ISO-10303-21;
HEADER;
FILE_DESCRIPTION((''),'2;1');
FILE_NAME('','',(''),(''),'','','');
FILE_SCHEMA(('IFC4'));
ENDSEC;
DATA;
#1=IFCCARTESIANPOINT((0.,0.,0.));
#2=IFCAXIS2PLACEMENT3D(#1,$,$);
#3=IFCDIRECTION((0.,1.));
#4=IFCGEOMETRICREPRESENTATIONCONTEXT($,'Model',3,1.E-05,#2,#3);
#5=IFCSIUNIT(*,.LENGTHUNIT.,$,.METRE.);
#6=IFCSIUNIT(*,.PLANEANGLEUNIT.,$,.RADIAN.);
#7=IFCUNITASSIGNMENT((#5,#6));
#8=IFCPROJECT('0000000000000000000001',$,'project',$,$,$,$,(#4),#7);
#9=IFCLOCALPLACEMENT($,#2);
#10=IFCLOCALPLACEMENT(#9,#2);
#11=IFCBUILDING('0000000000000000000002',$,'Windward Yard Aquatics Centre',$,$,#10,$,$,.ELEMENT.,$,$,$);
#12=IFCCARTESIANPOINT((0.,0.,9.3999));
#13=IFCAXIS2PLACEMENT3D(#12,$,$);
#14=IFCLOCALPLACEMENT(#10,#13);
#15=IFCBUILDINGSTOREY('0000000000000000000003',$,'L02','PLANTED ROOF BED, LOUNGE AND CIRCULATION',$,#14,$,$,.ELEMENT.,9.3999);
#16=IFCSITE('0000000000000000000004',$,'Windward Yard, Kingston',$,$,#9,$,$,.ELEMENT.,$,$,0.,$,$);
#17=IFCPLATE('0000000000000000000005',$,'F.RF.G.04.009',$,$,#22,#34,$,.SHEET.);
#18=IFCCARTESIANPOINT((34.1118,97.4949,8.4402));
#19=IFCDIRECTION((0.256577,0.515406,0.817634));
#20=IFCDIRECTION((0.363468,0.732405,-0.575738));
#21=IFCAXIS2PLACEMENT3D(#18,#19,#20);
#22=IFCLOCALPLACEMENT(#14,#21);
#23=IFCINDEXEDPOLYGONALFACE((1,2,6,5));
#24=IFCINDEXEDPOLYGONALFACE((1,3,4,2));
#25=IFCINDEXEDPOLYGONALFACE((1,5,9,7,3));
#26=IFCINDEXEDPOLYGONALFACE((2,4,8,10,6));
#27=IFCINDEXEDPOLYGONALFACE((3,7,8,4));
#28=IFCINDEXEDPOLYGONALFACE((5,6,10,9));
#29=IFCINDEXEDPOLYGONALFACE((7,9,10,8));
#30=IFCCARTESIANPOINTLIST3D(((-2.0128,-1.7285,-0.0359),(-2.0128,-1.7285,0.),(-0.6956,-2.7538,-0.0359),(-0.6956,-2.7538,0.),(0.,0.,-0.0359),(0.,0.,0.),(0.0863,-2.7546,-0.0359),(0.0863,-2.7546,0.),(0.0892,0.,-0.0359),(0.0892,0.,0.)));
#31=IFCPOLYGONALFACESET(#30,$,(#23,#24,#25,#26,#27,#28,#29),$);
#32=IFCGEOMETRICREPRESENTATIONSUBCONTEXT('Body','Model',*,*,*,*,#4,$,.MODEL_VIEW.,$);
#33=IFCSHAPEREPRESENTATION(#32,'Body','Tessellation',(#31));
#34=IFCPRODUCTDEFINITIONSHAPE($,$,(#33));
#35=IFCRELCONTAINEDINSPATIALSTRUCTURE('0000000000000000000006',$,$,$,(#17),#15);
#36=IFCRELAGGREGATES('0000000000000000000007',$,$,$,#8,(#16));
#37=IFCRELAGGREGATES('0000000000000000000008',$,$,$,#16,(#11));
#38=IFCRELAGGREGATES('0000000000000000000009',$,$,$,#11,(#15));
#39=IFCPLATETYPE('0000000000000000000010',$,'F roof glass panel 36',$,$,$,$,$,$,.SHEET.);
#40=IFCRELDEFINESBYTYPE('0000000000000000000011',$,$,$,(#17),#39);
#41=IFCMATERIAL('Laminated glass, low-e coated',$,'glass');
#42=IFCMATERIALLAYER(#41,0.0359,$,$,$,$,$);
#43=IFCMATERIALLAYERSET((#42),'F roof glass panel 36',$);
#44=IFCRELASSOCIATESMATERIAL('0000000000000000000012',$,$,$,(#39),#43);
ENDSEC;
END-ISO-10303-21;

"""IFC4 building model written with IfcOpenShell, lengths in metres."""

from ifc_helpers import new_model, si_unit, direction, frame, origin, place, context, subcontext, project, spatial, polyline, outline, extrude, material, layer, layer_set, type_object, element, save


model = new_model("IFC4")

# Units and contexts
model_context = context("Model", 3, precision=1e-05, world=origin(), true_north=direction((0.0, 1.0)))
body_context = subcontext(model_context, "Body", "Model", "MODEL_VIEW")
ifc_project = project(units=[si_unit("LENGTHUNIT", "METRE"), si_unit("PLANEANGLEUNIT", "RADIAN")], contexts=[model_context])

# Site, building, storey
site_placement = place(None, origin())
site = spatial("IfcSite", under=ifc_project, at=site_placement, Name="Windward Yard, Kingston", CompositionType="ELEMENT", RefElevation=0.0)
building_placement = place(site_placement, origin())
building = spatial("IfcBuilding", under=site, at=building_placement, Name="Windward Yard Aquatics Centre", CompositionType="ELEMENT")
storey_placement = place(building_placement, frame((0.0, 0.0, 9.3999)))
storey = spatial("IfcBuildingStorey", under=building, at=storey_placement, Name="L02", Description="PLANTED ROOF BED, LOUNGE AND CIRCULATION", CompositionType="ELEMENT", Elevation=9.3999)

# Plate
ifc_material_1 = material(Name="Laminated glass, low-e coated", Category="glass")
ifc_layer_1 = layer(ifc_material_1, 0.0359)
ifc_layer_set_1 = layer_set([ifc_layer_1], Name="F roof glass panel 36")
plate_type = type_object("IfcPlateType", Name="F roof glass panel 36", PredefinedType="SHEET", material=ifc_layer_set_1)
plate_1_placement = place(storey_placement, frame((34.1118, 97.4949, 8.4402), z_axis=(0.256577, 0.515406, 0.817634), x_axis=(0.363468, 0.732405, -0.575738)))
element("IfcPlate", 1, at=plate_1_placement, inside=storey, type_object=plate_type, Name="F.RF.G.04.009", PredefinedType="SHEET", context=body_context, shape_type="SweptSolid", body=[
    extrude(outline(polyline([(0.0, 0.0), (0.0892, 0.0), (0.0863, -2.7546), (-0.6956, -2.7538), (-2.0128, -1.7285), (0.0, 0.0)])), origin(), (0.0, 0.0, -1.0), 0.0359),
])

save(model, "model.ifc")
